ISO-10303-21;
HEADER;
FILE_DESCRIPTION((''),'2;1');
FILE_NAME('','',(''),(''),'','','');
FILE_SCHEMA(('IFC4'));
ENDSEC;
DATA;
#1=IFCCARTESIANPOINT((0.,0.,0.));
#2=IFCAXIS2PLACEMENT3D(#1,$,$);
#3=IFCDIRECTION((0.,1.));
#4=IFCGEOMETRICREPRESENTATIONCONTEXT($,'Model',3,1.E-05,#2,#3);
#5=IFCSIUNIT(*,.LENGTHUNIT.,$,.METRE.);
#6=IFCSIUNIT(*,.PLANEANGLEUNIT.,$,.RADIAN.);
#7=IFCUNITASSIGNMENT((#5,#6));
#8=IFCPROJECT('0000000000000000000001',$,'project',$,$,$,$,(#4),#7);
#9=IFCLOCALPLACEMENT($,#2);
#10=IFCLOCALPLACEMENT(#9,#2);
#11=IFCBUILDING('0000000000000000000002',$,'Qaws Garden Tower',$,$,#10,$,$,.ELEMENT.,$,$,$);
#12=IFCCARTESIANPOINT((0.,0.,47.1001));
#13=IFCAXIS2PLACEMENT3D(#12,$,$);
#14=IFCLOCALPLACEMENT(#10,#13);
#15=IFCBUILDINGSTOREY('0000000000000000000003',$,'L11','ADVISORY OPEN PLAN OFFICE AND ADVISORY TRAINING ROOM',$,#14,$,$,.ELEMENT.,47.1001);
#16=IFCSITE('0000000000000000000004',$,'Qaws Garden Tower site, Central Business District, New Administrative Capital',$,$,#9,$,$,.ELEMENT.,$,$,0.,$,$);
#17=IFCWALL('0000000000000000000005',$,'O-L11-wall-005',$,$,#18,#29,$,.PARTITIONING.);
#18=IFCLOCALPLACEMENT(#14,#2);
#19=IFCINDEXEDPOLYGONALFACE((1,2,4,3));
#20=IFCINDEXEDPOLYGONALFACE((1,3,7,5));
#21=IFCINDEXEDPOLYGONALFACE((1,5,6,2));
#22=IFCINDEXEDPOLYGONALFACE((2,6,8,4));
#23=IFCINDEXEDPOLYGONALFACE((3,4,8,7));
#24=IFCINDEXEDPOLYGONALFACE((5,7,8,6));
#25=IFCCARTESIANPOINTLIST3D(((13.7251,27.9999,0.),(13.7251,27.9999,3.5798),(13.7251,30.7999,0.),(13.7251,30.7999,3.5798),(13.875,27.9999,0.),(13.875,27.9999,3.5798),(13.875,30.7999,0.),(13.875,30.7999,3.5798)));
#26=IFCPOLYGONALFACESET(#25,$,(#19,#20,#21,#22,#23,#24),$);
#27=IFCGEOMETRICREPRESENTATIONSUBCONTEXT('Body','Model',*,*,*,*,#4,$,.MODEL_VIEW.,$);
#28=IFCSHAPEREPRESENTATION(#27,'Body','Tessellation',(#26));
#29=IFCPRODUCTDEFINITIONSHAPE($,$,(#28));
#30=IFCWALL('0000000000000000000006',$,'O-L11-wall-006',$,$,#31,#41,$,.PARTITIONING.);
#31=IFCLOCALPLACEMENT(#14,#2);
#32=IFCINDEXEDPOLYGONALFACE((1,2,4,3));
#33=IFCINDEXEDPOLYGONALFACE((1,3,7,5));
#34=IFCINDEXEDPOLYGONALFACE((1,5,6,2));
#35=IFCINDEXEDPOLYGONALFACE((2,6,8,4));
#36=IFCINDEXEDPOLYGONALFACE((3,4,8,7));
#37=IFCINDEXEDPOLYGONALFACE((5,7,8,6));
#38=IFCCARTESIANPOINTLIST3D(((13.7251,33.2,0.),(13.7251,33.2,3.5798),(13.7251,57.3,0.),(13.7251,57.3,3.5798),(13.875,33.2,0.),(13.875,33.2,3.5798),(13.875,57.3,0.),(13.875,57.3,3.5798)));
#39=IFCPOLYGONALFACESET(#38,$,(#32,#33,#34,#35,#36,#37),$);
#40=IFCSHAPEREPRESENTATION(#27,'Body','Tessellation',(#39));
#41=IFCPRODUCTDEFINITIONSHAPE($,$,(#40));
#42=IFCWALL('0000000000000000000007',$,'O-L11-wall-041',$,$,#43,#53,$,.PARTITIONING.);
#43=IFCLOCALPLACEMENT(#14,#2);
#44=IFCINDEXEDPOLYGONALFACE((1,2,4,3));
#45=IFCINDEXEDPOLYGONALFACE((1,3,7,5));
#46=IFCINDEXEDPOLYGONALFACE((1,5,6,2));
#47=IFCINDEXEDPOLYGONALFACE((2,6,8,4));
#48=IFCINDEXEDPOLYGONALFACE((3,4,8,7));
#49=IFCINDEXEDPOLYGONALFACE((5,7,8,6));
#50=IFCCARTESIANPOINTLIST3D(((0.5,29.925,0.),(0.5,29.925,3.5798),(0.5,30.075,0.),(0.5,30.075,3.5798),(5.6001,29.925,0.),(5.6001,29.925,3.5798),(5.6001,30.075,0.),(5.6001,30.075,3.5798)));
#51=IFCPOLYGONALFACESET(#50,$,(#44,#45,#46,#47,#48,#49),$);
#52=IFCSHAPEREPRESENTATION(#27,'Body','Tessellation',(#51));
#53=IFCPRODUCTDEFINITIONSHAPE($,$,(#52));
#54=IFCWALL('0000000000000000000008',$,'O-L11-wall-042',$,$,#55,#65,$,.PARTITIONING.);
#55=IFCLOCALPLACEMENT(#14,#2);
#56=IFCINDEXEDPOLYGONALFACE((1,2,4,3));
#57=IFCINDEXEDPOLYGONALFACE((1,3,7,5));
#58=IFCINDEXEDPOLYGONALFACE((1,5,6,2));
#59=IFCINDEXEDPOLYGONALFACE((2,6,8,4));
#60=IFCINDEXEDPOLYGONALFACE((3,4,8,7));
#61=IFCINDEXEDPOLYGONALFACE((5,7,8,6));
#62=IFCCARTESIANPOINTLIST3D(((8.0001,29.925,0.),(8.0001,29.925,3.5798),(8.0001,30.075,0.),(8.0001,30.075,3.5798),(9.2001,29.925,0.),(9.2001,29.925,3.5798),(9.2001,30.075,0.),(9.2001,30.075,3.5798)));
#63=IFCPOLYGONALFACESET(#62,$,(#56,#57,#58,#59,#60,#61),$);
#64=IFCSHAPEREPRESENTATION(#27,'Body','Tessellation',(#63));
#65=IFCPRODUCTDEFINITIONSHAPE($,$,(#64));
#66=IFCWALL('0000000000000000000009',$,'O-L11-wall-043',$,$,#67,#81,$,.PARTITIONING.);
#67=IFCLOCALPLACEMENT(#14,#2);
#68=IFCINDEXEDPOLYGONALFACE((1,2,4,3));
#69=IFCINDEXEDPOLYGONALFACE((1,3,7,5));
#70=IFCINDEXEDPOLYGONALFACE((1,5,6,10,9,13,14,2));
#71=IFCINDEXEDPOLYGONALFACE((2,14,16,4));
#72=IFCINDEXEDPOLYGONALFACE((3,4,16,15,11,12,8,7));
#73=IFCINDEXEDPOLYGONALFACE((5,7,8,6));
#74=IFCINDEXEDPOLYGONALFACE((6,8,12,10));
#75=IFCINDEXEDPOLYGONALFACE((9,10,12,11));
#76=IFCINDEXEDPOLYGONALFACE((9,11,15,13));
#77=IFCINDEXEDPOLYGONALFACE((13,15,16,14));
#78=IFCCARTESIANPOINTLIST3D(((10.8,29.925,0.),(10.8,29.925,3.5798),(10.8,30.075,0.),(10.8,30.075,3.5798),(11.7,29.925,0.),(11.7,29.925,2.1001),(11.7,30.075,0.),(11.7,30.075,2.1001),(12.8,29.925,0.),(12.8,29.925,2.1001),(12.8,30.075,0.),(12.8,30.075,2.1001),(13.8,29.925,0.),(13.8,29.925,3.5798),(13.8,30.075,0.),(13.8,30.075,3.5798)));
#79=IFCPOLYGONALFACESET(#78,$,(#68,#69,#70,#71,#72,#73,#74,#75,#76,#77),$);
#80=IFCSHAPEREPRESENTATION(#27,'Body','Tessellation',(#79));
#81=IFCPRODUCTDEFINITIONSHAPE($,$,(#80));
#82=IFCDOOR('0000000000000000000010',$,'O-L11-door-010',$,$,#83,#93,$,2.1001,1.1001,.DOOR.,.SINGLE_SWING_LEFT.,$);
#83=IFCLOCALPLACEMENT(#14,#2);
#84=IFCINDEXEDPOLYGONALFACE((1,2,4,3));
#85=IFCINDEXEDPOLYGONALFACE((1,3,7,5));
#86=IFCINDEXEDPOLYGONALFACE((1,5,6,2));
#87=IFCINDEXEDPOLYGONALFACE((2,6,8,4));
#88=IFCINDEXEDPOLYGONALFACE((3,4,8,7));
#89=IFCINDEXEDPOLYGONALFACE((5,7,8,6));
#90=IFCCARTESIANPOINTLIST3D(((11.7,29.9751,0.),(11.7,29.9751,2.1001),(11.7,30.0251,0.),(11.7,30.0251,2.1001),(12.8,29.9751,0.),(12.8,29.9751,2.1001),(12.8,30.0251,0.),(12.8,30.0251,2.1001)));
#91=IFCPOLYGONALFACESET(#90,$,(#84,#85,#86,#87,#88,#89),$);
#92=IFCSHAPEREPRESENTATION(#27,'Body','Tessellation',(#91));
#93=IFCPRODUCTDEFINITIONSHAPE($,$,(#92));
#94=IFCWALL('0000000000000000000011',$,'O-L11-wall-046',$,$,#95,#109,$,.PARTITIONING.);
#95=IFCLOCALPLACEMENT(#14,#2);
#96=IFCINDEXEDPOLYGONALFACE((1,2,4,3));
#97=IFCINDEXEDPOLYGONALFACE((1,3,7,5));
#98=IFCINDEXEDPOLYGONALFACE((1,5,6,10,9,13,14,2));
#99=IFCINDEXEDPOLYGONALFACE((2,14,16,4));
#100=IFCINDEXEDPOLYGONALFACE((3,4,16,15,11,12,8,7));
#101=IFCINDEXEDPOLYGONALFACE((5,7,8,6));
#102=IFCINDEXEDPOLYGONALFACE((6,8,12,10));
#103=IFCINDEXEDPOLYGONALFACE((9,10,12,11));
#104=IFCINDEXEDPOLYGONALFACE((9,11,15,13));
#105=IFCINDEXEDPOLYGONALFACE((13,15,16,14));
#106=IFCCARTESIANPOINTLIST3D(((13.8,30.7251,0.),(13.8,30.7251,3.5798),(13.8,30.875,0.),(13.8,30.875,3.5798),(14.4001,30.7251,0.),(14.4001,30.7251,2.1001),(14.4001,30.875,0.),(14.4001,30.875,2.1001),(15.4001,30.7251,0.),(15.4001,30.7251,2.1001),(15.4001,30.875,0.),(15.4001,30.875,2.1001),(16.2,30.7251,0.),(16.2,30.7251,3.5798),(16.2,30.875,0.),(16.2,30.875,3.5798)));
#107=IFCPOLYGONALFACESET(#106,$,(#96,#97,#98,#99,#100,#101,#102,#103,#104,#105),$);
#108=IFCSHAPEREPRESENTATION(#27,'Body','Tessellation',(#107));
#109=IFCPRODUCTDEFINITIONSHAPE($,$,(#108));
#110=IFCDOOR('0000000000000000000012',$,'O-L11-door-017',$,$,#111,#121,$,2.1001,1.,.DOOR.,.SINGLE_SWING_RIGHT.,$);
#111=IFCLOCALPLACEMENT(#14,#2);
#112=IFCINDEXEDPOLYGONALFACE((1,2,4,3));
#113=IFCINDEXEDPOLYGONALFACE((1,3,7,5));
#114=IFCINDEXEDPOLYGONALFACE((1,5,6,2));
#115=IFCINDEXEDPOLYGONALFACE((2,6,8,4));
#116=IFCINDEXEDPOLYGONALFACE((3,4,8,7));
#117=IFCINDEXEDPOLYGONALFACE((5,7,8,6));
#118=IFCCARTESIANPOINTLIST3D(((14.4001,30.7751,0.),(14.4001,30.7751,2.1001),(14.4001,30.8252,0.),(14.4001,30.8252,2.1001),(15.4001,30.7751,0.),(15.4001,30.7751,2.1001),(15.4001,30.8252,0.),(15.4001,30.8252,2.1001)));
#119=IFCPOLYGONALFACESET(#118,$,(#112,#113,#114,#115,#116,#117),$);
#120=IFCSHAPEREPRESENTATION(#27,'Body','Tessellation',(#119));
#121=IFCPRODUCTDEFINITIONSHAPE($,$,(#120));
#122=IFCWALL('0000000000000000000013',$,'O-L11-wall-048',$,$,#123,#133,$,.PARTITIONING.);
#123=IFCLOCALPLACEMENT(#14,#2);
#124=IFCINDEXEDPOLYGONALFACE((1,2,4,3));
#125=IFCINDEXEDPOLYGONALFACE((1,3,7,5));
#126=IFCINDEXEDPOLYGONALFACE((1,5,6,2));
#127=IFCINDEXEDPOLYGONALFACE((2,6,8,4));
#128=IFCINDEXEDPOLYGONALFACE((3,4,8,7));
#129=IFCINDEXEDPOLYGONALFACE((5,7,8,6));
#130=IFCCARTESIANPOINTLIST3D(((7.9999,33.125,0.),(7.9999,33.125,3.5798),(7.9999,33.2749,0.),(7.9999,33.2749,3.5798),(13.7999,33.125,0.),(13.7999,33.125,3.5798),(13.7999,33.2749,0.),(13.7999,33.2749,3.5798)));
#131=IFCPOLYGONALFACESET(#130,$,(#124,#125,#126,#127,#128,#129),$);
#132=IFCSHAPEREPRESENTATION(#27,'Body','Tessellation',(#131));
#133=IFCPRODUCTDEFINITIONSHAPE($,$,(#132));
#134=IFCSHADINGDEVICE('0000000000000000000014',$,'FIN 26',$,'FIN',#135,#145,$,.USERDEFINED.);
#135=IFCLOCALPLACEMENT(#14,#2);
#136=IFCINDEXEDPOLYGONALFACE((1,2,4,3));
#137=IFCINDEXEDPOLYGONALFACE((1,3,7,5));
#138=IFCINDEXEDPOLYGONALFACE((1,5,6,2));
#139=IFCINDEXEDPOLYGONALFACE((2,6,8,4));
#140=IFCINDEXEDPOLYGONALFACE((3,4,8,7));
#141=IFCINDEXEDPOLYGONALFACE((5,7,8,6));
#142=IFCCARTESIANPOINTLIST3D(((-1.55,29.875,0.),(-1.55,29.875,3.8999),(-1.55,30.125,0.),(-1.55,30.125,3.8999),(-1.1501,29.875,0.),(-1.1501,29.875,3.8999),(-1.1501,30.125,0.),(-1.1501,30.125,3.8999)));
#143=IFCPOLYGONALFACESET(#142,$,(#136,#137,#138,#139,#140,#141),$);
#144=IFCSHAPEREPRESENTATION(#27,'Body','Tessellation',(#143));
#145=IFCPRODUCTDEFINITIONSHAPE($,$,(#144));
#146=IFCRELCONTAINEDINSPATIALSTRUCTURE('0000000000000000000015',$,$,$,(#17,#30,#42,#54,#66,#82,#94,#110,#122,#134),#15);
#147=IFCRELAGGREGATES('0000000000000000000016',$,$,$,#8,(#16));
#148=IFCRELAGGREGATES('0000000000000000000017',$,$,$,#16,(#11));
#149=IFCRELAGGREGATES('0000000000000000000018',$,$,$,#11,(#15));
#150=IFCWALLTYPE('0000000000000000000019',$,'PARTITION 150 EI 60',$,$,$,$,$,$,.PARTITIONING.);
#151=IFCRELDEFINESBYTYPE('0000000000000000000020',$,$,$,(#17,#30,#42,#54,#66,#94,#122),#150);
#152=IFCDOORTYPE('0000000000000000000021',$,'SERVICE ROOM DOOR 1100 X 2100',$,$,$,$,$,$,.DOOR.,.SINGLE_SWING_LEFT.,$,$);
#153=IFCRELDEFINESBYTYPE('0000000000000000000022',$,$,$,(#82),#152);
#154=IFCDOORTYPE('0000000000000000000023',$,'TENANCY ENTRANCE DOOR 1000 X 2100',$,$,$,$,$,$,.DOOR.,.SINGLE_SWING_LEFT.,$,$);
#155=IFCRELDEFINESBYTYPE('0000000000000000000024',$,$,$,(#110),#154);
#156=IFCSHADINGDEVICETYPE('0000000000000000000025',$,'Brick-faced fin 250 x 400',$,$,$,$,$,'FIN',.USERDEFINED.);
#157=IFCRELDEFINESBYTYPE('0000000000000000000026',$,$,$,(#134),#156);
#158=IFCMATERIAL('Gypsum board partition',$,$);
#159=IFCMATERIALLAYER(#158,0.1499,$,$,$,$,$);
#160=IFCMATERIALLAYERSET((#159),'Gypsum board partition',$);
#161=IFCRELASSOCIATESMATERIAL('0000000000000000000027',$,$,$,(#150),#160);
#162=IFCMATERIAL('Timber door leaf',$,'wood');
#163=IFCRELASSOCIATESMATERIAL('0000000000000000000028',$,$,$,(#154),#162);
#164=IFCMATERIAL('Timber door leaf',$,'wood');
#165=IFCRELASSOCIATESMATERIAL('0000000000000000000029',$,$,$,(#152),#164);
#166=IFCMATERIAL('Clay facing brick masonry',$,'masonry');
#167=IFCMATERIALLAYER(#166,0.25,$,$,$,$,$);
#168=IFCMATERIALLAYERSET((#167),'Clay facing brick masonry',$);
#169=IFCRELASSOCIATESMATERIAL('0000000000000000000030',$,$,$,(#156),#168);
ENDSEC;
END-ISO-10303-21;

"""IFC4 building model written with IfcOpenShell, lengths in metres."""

from ifc_helpers import new_model, si_unit, direction, frame, frame_2d, origin, origin_2d, place, context, subcontext, project, spatial, rectangle, extrude, material, layer, layer_set, type_object, element, fill, save


model = new_model("IFC4")

# Units and contexts
model_context = context("Model", 3, precision=1e-05, world=origin(), true_north=direction((0.0, 1.0)))
body_context = subcontext(model_context, "Body", "Model", "MODEL_VIEW")
ifc_project = project(units=[si_unit("LENGTHUNIT", "METRE"), si_unit("PLANEANGLEUNIT", "RADIAN")], contexts=[model_context])

# Site, building, storey
site_placement = place(None, origin())
site = spatial("IfcSite", under=ifc_project, at=site_placement, Name="Qaws Garden Tower site, Central Business District, New Administrative Capital", CompositionType="ELEMENT", RefElevation=0.0)
building_placement = place(site_placement, origin())
building = spatial("IfcBuilding", under=site, at=building_placement, Name="Qaws Garden Tower", CompositionType="ELEMENT")
storey_placement = place(building_placement, frame((0.0, 0.0, 47.1001)))
storey = spatial("IfcBuildingStorey", under=building, at=storey_placement, Name="L11", Description="ADVISORY OPEN PLAN OFFICE AND ADVISORY TRAINING ROOM", CompositionType="ELEMENT", Elevation=47.1001)

# Shared definitions
ifc_material_1 = material(Name="Gypsum board partition")
ifc_layer_1 = layer(ifc_material_1, 0.1499)
ifc_layer_set_1 = layer_set([ifc_layer_1], Name="Gypsum board partition")
wall_type_1 = type_object("IfcWallType", Name="PARTITION 150 EI 60", PredefinedType="PARTITIONING", material=ifc_layer_set_1)

# Shared definitions
ifc_material_2 = material(Name="Timber door leaf", Category="wood")
door_type_1 = type_object("IfcDoorType", Name="TENANCY ENTRANCE DOOR 1000 X 2100", OperationType="SINGLE_SWING_LEFT", PredefinedType="DOOR", material=ifc_material_2)

# Walls
wall_1_placement = place(storey_placement, frame((13.8, 28.0, 0.0), z_axis=(0.0, 0.0, 1.0), x_axis=(0.0, 1.0, 0.0)))
element("IfcWall", 1, at=wall_1_placement, inside=storey, type_object=wall_type_1, Name="O-L11-wall-005", PredefinedType="PARTITIONING", context=body_context, shape_type="SweptSolid", body=[
    extrude(rectangle(XDim=2.8, YDim=0.1499, at=frame_2d((1.3999, 0.0))), origin(), (0.0, 0.0, 1.0), 3.5798),
])
wall_2_placement = place(storey_placement, frame((13.8, 33.2, 0.0), z_axis=(0.0, 0.0, 1.0), x_axis=(0.0, 1.0, 0.0)))
element("IfcWall", 2, at=wall_2_placement, inside=storey, type_object=wall_type_1, Name="O-L11-wall-006", PredefinedType="PARTITIONING", context=body_context, shape_type="SweptSolid", body=[
    extrude(rectangle(XDim=24.1001, YDim=0.1499, at=frame_2d((12.05, 0.0))), origin(), (0.0, 0.0, 1.0), 3.5798),
])
wall_3_placement = place(storey_placement, frame((0.5, 30.0, 0.0), z_axis=(0.0, 0.0, 1.0), x_axis=(1.0, 0.0, 0.0)))
element("IfcWall", 3, at=wall_3_placement, inside=storey, type_object=wall_type_1, Name="O-L11-wall-041", PredefinedType="PARTITIONING", context=body_context, shape_type="SweptSolid", body=[
    extrude(rectangle(XDim=5.1001, YDim=0.1499, at=frame_2d((2.55, 0.0))), origin(), (0.0, 0.0, 1.0), 3.5798),
])
wall_4_placement = place(storey_placement, frame((8.0, 30.0, 0.0), z_axis=(0.0, 0.0, 1.0), x_axis=(1.0, 0.0, 0.0)))
element("IfcWall", 4, at=wall_4_placement, inside=storey, type_object=wall_type_1, Name="O-L11-wall-042", PredefinedType="PARTITIONING", context=body_context, shape_type="SweptSolid", body=[
    extrude(rectangle(XDim=1.2, YDim=0.1499, at=frame_2d((0.6001, 0.0))), origin(), (0.0, 0.0, 1.0), 3.5798),
])

# Walls, openings, doors
wall_5_placement = place(storey_placement, frame((10.8, 30.0, 0.0), z_axis=(0.0, 0.0, 1.0), x_axis=(1.0, 0.0, 0.0)))
wall_5 = element("IfcWall", 5, at=wall_5_placement, inside=storey, type_object=wall_type_1, Name="O-L11-wall-043", PredefinedType="PARTITIONING", context=body_context, shape_type="SweptSolid", body=[
    extrude(rectangle(XDim=3.0, YDim=0.1499, at=frame_2d((1.5, 0.0))), origin(), (0.0, 0.0, 1.0), 3.5798),
])
opening_1_placement = place(wall_5_placement, frame((0.8999, 0.0, 0.0)))
opening_1 = element("IfcOpeningElement", 6, at=opening_1_placement, cuts=wall_5, PredefinedType="OPENING", context=body_context, shape_type="SweptSolid", body=[
    extrude(rectangle(XDim=1.1001, YDim=2.1001, at=frame_2d((0.55, 1.05))), frame((0.0, 0.085, 0.0), z_axis=(0.0, -1.0, 0.0), x_axis=(1.0, 0.0, 0.0)), (0.0, 0.0, 1.0), 0.1699),
])
ifc_material_3 = material(Name="Timber door leaf", Category="wood")
door_type_2 = type_object("IfcDoorType", Name="SERVICE ROOM DOOR 1100 X 2100", OperationType="SINGLE_SWING_LEFT", PredefinedType="DOOR", material=ifc_material_3)
door_1_placement = place(opening_1_placement, frame((1.1001, 0.0, 0.0), z_axis=(0.0, 0.0, 1.0), x_axis=(-1.0, 0.0, 0.0)))
door_1 = element("IfcDoor", 7, at=door_1_placement, inside=storey, type_object=door_type_2, Name="O-L11-door-010", OperationType="SINGLE_SWING_LEFT", OverallHeight=2.1001, OverallWidth=1.1001, PredefinedType="DOOR", context=body_context, shape_type="SweptSolid", body=[
    extrude(rectangle(XDim=1.1001, YDim=2.1001, at=frame_2d((0.55, 1.05))), frame((0.0, 0.0249, 0.0), z_axis=(0.0, -1.0, 0.0), x_axis=(1.0, 0.0, 0.0)), (0.0, 0.0, 1.0), 0.05),
])
fill(opening_1, door_1)
wall_6_placement = place(storey_placement, frame((13.8, 30.8, 0.0), z_axis=(0.0, 0.0, 1.0), x_axis=(1.0, 0.0, 0.0)))
wall_6 = element("IfcWall", 8, at=wall_6_placement, inside=storey, type_object=wall_type_1, Name="O-L11-wall-046", PredefinedType="PARTITIONING", context=body_context, shape_type="SweptSolid", body=[
    extrude(rectangle(XDim=2.3999, YDim=0.1499, at=frame_2d((1.2, 0.0))), origin(), (0.0, 0.0, 1.0), 3.5798),
])
opening_2_placement = place(wall_6_placement, frame((0.6001, 0.0, 0.0)))
opening_2 = element("IfcOpeningElement", 9, at=opening_2_placement, cuts=wall_6, PredefinedType="OPENING", context=body_context, shape_type="SweptSolid", body=[
    extrude(rectangle(XDim=1.0, YDim=2.1001, at=frame_2d((0.5, 1.05))), frame((0.0, 0.085, 0.0), z_axis=(0.0, -1.0, 0.0), x_axis=(1.0, 0.0, 0.0)), (0.0, 0.0, 1.0), 0.1699),
])
door_2_placement = place(opening_2_placement, frame((1.0, 0.0, 0.0), z_axis=(0.0, 0.0, 1.0), x_axis=(-1.0, 0.0, 0.0)))
door_2 = element("IfcDoor", 10, at=door_2_placement, inside=storey, type_object=door_type_1, Name="O-L11-door-017", OperationType="SINGLE_SWING_RIGHT", OverallHeight=2.1001, OverallWidth=1.0, PredefinedType="DOOR", context=body_context, shape_type="SweptSolid", body=[
    extrude(rectangle(XDim=1.0, YDim=2.1001, at=frame_2d((0.5, 1.05))), frame((0.0, 0.0249, 0.0), z_axis=(0.0, -1.0, 0.0), x_axis=(1.0, 0.0, 0.0)), (0.0, 0.0, 1.0), 0.05),
])
fill(opening_2, door_2)

# Wall
wall_7_placement = place(storey_placement, frame((8.0, 33.2, 0.0), z_axis=(0.0, 0.0, 1.0), x_axis=(1.0, 0.0, 0.0)))
element("IfcWall", 11, at=wall_7_placement, inside=storey, type_object=wall_type_1, Name="O-L11-wall-048", PredefinedType="PARTITIONING", context=body_context, shape_type="SweptSolid", body=[
    extrude(rectangle(XDim=5.8, YDim=0.1499, at=frame_2d((2.8999, 0.0))), origin(), (0.0, 0.0, 1.0), 3.5798),
])

# Shading device
ifc_material_4 = material(Name="Clay facing brick masonry", Category="masonry")
ifc_layer_2 = layer(ifc_material_4, 0.25)
ifc_layer_set_2 = layer_set([ifc_layer_2], Name="Clay facing brick masonry")
shading_device_type = type_object("IfcShadingDeviceType", Name="Brick-faced fin 250 x 400", ElementType="FIN", PredefinedType="USERDEFINED", material=ifc_layer_set_2)
shading_device_placement = place(storey_placement, frame((-1.3501, 30.0, 0.0), z_axis=(0.0, 0.0, 1.0), x_axis=(0.0, -1.0, 0.0)))
element("IfcShadingDevice", 12, at=shading_device_placement, inside=storey, type_object=shading_device_type, Name="FIN 26", ObjectType="FIN", PredefinedType="USERDEFINED", context=body_context, shape_type="SweptSolid", body=[
    extrude(rectangle(XDim=0.25, YDim=0.3999, at=origin_2d()), origin(), (0.0, 0.0, 1.0), 3.8999),
])

save(model, "model.ifc")
